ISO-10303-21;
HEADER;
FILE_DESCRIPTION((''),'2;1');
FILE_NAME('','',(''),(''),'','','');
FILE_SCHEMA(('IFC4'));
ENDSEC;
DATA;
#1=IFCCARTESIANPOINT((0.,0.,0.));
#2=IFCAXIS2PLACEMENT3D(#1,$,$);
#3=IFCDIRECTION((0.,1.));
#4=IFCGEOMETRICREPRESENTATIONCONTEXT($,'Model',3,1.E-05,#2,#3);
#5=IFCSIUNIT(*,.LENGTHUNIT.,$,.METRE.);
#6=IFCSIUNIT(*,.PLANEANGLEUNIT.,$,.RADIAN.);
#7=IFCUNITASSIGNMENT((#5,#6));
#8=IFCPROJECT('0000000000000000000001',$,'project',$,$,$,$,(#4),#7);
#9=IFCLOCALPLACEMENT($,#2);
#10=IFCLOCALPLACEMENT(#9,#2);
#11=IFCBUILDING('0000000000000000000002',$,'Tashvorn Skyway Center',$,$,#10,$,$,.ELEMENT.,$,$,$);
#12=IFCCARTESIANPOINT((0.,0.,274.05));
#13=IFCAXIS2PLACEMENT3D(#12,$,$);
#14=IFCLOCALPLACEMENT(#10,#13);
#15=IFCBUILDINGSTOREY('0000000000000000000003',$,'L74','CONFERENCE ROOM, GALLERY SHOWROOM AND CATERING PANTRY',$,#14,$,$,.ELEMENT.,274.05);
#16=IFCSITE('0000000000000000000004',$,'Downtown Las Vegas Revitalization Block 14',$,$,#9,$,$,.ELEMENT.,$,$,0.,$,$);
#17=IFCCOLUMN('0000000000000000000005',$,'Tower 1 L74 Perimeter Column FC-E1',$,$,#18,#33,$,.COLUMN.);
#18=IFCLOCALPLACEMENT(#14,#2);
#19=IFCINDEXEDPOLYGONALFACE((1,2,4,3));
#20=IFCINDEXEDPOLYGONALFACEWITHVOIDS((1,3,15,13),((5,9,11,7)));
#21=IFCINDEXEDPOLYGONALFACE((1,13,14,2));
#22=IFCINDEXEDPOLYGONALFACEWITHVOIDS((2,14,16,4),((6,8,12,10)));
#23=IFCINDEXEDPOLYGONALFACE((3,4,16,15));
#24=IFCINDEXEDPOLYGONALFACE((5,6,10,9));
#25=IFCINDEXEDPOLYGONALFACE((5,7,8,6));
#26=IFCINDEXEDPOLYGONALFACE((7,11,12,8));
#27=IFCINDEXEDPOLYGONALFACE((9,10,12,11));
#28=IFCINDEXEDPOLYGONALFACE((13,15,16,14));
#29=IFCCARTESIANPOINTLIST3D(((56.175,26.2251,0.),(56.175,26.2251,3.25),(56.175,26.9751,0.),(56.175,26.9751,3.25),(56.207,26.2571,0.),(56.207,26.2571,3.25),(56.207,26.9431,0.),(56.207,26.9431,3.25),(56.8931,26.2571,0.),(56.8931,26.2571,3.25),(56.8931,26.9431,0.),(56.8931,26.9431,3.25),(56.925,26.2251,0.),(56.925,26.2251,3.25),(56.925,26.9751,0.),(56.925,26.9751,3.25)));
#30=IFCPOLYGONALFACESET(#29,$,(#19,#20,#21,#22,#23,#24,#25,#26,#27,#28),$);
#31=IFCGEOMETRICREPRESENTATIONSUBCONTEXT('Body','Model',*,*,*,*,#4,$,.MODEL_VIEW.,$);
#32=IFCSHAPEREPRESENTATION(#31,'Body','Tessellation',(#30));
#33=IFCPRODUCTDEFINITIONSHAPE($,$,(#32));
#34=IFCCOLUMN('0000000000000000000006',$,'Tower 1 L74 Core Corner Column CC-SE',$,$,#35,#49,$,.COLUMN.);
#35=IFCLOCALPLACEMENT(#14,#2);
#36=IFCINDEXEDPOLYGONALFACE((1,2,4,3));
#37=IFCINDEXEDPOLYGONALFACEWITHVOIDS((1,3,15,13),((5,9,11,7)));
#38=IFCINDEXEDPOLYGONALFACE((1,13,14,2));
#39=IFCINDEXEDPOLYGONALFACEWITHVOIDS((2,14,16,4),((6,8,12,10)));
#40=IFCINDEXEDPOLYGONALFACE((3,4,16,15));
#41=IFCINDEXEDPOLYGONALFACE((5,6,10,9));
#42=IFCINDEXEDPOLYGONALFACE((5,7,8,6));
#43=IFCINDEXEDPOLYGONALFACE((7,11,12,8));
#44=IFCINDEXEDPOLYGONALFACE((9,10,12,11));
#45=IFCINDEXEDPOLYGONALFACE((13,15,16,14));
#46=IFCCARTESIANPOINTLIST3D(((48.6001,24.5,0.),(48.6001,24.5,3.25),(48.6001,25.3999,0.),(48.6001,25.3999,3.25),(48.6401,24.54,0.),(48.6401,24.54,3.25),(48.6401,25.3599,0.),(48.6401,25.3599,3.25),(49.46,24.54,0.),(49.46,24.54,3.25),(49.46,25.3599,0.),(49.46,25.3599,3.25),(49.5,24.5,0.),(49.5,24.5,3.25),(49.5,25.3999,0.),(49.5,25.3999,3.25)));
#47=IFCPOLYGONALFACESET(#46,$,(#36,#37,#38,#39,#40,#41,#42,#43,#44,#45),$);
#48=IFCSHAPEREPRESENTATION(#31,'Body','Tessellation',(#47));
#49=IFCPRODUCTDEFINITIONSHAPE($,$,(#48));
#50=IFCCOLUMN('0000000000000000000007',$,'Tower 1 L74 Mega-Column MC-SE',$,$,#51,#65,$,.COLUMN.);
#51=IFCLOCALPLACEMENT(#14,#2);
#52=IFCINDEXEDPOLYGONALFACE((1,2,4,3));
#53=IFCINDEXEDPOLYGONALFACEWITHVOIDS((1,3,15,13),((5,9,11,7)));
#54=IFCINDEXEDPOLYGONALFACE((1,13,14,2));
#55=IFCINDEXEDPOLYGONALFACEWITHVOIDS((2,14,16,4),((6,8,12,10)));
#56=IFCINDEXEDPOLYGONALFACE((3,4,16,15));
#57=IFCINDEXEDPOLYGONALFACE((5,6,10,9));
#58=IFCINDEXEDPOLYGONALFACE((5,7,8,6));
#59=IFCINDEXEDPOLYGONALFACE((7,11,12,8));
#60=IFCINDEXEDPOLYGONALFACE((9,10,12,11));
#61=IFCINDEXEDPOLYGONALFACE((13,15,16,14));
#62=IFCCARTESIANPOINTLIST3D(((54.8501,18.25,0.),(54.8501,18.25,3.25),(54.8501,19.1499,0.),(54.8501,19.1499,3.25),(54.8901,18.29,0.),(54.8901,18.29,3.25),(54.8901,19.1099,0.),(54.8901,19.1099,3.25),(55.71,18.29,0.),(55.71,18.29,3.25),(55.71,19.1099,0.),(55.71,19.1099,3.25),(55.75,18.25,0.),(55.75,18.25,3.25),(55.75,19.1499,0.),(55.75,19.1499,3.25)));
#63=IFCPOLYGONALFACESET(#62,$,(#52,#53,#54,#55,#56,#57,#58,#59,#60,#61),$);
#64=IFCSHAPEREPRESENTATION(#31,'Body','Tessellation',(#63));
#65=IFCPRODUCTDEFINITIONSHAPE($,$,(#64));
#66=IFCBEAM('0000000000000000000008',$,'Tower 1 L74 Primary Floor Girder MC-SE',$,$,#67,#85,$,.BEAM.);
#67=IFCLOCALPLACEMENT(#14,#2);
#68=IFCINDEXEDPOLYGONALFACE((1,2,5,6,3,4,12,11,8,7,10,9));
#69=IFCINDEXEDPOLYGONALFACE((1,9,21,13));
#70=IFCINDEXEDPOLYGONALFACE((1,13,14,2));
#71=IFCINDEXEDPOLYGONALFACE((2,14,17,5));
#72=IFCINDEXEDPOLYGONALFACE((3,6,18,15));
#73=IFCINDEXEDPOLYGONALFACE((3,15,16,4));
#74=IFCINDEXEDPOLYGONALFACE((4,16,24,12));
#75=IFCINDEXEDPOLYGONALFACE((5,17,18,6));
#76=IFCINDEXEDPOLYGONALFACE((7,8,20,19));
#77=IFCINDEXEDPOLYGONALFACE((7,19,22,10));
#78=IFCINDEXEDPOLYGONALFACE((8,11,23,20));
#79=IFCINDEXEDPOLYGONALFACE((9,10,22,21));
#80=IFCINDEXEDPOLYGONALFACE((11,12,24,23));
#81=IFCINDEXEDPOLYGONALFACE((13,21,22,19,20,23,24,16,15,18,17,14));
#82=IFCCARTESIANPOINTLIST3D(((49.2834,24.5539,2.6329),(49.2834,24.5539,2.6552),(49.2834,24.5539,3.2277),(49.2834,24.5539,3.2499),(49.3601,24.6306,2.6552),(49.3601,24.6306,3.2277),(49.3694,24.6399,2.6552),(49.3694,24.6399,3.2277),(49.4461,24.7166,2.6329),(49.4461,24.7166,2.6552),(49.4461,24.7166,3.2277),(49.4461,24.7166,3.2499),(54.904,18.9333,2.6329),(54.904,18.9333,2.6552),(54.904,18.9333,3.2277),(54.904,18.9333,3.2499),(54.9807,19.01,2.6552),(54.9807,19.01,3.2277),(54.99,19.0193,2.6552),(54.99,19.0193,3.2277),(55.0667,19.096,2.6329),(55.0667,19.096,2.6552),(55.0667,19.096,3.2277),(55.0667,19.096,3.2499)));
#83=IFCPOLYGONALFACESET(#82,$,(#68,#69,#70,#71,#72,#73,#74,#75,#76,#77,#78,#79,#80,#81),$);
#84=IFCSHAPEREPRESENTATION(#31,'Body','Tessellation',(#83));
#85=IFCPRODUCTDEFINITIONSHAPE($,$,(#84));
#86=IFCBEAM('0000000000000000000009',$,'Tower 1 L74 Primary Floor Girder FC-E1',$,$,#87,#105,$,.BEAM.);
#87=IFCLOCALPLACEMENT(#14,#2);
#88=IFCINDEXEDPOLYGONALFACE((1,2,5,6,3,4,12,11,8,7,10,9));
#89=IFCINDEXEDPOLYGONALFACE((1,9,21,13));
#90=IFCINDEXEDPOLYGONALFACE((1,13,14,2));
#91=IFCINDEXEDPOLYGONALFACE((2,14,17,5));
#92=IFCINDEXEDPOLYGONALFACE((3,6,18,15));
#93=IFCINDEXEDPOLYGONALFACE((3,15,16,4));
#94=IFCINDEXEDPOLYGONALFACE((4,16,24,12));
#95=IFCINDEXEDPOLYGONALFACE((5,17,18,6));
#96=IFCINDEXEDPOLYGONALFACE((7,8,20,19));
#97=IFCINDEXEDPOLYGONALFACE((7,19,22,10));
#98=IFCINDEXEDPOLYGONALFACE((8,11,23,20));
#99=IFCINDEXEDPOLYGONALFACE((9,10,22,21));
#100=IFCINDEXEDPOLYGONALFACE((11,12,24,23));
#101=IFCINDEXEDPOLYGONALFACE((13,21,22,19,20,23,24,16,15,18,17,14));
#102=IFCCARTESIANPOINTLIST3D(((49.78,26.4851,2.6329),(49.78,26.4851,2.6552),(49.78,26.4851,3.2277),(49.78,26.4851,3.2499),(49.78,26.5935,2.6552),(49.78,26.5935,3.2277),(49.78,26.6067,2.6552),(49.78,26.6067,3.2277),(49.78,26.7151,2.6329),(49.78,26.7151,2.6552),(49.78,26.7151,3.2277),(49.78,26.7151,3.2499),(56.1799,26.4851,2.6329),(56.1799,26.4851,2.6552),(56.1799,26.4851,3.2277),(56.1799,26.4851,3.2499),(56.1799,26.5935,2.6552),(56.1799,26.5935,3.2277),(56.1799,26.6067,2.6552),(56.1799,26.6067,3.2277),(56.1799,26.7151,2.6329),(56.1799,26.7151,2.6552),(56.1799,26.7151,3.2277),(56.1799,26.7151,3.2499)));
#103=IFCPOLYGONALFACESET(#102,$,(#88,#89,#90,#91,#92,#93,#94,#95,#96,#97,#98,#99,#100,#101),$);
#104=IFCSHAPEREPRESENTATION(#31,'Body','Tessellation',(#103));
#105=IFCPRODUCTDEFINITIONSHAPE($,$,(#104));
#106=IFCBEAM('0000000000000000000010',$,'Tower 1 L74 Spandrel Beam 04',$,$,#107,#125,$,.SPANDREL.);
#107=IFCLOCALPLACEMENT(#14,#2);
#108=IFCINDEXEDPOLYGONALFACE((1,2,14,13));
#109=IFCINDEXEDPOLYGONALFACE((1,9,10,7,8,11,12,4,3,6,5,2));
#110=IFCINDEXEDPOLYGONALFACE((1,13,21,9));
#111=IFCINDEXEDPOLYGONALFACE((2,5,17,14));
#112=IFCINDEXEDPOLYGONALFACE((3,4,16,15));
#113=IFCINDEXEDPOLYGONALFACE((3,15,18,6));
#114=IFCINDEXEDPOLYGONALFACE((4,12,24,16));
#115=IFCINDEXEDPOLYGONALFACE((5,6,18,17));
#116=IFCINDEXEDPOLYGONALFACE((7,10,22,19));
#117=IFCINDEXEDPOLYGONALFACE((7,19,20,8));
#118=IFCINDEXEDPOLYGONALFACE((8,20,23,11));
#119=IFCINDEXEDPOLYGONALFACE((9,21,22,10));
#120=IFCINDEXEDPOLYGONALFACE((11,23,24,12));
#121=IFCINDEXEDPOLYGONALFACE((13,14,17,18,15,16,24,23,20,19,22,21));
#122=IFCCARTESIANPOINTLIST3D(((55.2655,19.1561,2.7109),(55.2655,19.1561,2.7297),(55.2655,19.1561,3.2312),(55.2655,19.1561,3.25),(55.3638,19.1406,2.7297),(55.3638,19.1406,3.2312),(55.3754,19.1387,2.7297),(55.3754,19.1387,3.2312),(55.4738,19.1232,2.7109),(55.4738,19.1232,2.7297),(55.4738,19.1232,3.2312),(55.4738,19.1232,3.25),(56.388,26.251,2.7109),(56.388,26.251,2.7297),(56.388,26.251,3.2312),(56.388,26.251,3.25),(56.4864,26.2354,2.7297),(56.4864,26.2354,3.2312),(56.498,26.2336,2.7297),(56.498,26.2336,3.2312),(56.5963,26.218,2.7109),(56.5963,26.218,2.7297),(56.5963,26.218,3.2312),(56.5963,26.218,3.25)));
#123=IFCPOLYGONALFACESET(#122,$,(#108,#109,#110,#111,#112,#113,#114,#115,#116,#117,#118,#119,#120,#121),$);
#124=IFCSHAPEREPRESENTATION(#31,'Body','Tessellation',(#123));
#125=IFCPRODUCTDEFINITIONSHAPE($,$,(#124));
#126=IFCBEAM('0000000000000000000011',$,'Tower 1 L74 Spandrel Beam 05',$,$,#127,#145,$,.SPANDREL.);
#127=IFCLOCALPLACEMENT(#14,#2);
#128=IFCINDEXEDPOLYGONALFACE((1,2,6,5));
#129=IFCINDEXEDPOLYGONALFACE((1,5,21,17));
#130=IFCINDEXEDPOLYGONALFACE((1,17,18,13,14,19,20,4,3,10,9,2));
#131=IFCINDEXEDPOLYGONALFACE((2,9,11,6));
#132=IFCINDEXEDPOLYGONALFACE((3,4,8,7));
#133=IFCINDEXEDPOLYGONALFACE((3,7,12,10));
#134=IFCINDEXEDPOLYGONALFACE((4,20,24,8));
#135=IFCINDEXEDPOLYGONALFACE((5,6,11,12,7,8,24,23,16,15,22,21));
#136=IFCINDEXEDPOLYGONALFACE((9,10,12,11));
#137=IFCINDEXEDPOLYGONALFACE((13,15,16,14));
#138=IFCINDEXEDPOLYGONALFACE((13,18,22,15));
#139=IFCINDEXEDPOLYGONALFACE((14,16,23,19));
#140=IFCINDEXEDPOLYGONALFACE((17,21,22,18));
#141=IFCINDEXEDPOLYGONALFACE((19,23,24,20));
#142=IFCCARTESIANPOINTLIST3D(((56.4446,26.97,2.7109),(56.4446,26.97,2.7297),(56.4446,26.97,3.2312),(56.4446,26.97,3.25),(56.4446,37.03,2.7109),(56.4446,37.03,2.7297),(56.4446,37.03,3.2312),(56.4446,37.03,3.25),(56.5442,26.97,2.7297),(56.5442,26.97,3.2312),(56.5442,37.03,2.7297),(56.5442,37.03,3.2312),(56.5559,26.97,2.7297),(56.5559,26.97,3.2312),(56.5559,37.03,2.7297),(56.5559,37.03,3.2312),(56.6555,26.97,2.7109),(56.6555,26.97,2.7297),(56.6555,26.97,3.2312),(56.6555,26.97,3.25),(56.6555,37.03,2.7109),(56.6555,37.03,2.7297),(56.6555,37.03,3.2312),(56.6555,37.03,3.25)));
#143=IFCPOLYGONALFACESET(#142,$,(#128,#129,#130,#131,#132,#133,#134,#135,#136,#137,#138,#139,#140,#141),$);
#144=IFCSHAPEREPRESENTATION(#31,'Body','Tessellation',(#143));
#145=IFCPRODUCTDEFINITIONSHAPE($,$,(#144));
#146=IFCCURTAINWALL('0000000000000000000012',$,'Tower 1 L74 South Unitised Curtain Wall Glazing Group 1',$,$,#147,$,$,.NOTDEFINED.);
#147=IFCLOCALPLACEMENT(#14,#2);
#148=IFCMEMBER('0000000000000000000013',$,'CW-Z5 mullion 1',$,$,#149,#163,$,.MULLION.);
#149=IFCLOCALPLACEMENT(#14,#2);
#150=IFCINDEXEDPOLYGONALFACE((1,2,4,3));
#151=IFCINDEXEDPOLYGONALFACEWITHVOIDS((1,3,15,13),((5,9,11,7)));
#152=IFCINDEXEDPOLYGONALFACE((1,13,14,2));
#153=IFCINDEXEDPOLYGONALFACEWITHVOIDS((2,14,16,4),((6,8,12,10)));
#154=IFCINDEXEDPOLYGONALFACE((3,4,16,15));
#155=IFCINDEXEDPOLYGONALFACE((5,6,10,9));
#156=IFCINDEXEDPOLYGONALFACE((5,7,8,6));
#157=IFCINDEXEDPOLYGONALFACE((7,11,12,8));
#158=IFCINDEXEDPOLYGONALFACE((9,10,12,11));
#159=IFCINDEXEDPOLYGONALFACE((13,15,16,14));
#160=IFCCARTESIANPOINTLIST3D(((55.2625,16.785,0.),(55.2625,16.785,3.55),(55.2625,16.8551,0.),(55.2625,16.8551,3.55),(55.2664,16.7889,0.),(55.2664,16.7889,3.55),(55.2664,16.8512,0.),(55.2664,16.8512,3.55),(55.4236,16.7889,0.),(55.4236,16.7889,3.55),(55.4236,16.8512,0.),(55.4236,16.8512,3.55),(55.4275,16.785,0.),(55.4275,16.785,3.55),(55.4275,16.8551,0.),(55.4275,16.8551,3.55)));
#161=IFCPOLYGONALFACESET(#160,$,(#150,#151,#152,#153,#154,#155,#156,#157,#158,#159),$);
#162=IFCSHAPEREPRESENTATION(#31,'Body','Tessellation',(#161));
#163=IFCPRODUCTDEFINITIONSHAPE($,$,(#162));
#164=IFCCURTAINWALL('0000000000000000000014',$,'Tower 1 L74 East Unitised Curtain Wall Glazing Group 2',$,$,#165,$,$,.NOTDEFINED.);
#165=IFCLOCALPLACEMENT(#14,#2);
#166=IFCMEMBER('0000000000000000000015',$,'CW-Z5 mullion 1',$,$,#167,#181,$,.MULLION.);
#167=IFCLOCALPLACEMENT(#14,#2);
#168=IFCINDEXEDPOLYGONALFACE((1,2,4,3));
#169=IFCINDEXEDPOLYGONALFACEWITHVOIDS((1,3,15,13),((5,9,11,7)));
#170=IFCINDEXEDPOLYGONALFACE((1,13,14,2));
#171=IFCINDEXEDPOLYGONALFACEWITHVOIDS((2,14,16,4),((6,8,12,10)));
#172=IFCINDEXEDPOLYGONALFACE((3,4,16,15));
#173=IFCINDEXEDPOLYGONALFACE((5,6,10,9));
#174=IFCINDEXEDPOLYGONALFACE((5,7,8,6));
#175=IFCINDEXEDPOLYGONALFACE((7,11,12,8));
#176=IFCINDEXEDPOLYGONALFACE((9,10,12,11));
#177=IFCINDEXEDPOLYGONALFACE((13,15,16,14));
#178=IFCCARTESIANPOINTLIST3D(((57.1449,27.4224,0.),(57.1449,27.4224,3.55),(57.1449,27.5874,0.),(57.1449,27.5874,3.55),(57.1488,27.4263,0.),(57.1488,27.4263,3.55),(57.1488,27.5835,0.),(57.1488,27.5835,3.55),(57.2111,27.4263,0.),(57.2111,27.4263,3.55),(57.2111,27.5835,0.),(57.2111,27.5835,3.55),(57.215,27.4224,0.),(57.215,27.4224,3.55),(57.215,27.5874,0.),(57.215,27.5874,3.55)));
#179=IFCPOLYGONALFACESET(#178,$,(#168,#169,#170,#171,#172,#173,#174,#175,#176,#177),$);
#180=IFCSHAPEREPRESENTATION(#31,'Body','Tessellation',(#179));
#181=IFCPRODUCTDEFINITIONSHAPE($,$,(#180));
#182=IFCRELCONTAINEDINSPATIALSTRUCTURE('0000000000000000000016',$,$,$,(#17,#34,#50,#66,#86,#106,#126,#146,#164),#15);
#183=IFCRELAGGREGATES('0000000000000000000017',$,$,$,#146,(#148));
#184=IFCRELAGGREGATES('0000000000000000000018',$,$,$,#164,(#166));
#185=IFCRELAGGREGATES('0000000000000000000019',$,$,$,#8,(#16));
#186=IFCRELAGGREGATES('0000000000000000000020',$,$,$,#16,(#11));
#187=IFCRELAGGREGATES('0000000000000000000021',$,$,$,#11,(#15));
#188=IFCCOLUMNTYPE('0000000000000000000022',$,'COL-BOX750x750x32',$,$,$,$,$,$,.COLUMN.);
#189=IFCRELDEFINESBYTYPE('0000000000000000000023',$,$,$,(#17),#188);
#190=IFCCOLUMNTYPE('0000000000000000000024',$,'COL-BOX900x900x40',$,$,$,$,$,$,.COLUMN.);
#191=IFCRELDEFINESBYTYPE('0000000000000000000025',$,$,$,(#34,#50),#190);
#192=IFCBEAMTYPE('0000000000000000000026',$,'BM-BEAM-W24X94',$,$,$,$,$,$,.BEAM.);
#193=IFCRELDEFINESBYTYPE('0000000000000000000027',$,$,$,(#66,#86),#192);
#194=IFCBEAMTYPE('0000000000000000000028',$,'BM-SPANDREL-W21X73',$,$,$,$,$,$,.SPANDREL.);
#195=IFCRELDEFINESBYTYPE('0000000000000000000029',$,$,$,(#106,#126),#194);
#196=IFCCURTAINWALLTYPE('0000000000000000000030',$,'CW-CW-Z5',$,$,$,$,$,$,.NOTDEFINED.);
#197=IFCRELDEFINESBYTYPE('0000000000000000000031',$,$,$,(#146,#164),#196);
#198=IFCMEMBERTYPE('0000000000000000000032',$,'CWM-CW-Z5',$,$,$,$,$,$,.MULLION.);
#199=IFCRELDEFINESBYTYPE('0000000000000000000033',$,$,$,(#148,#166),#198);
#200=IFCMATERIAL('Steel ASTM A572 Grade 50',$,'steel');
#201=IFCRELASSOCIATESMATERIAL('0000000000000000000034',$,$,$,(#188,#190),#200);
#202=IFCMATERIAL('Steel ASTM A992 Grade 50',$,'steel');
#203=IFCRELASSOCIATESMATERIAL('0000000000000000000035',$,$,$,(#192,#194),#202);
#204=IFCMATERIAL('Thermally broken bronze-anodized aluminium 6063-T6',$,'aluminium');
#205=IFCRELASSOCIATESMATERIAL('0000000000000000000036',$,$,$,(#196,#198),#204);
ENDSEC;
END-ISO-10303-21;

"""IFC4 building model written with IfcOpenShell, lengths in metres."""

from ifc_helpers import new_model, si_unit, direction, frame, origin, origin_2d, place, context, subcontext, project, spatial, hollow_rectangle, i_section, extrude, material, material_profile, profile_set, type_object, element, aggregate, save


model = new_model("IFC4")

# Units and contexts
model_context = context("Model", 3, precision=1e-05, world=origin(), true_north=direction((0.0, 1.0)))
body_context = subcontext(model_context, "Body", "Model", "MODEL_VIEW")
ifc_project = project(units=[si_unit("LENGTHUNIT", "METRE"), si_unit("PLANEANGLEUNIT", "RADIAN")], contexts=[model_context])

# Site, building, storey
site_placement = place(None, origin())
site = spatial("IfcSite", under=ifc_project, at=site_placement, Name="Downtown Las Vegas Revitalization Block 14", CompositionType="ELEMENT", RefElevation=0.0)
building_placement = place(site_placement, origin())
building = spatial("IfcBuilding", under=site, at=building_placement, Name="Tashvorn Skyway Center", CompositionType="ELEMENT")
storey_placement = place(building_placement, frame((0.0, 0.0, 274.05)))
storey = spatial("IfcBuildingStorey", under=building, at=storey_placement, Name="L74", Description="CONFERENCE ROOM, GALLERY SHOWROOM AND CATERING PANTRY", CompositionType="ELEMENT", Elevation=274.05)

# Columns
ifc_material_1 = material(Name="Steel ASTM A572 Grade 50", Category="steel")
ifc_material_profile_1 = material_profile(ifc_material_1, hollow_rectangle(XDim=0.75, YDim=0.75, WallThickness=0.032, at=origin_2d()), Name="BOX750x750x32")
ifc_profile_set_1 = profile_set([ifc_material_profile_1], Name="Steel ASTM A572 Grade 50")
column_type_1 = type_object("IfcColumnType", Name="COL-BOX750x750x32", PredefinedType="COLUMN", material=ifc_profile_set_1)
column_placement = place(storey_placement, frame((56.55, 26.6001, 0.0), z_axis=(0.0, 0.0, 1.0), x_axis=(1.0, 0.0, 0.0)))
element("IfcColumn", 1, at=column_placement, inside=storey, type_object=column_type_1, Name="Tower 1 L74 Perimeter Column FC-E1", PredefinedType="COLUMN", context=body_context, shape_type="SweptSolid", body=[
    extrude(hollow_rectangle(XDim=0.75, YDim=0.75, WallThickness=0.032, at=origin_2d()), origin(), (0.0, 0.0, 1.0), 3.25),
])
ifc_material_profile_2 = material_profile(ifc_material_1, hollow_rectangle(XDim=0.8999, YDim=0.8999, WallThickness=0.04, at=origin_2d()), Name="BOX900x900x40")
ifc_profile_set_2 = profile_set([ifc_material_profile_2], Name="Steel ASTM A572 Grade 50")
column_type_2 = type_object("IfcColumnType", Name="COL-BOX900x900x40", PredefinedType="COLUMN", material=ifc_profile_set_2)
for number, where, z_axis, x_axis, name in (
    (2, (49.05, 24.95, 0.0), (0.0, 0.0, 1.0), (1.0, 0.0, 0.0), "Tower 1 L74 Core Corner Column CC-SE"),
    (3, (55.3, 18.7, 0.0), (0.0, 0.0, 1.0), (1.0, 0.0, 0.0), "Tower 1 L74 Mega-Column MC-SE"),
):
    element("IfcColumn", number, at=place(storey_placement, frame(where, z_axis=z_axis, x_axis=x_axis)), inside=storey, type_object=column_type_2, Name=name, PredefinedType="COLUMN", context=body_context, shape_type="SweptSolid", body=[
        extrude(hollow_rectangle(XDim=0.8999, YDim=0.8999, WallThickness=0.04, at=origin_2d()), origin(), (0.0, 0.0, 1.0), 3.25),
    ])

# Beams
ifc_material_2 = material(Name="Steel ASTM A992 Grade 50", Category="steel")
ifc_material_profile_3 = material_profile(ifc_material_2, i_section(OverallWidth=0.23, OverallDepth=0.6169, WebThickness=0.0132, FlangeThickness=0.0222, at=origin_2d()), Name="W24X94")
ifc_profile_set_3 = profile_set([ifc_material_profile_3], Name="Steel ASTM A992 Grade 50")
beam_type_1 = type_object("IfcBeamType", Name="BM-BEAM-W24X94", PredefinedType="BEAM", material=ifc_profile_set_3)
beam_1_placement = place(storey_placement, frame((54.9854, 19.0146, 2.9414), z_axis=(-0.707107, 0.707107, 0.0), x_axis=(-0.707107, -0.707107, 0.0)))
element("IfcBeam", 4, at=beam_1_placement, inside=storey, type_object=beam_type_1, Name="Tower 1 L74 Primary Floor Girder MC-SE", PredefinedType="BEAM", context=body_context, shape_type="SweptSolid", body=[
    extrude(i_section(OverallWidth=0.23, OverallDepth=0.6169, WebThickness=0.0132, FlangeThickness=0.0222, at=origin_2d()), origin(), (0.0, 0.0, 1.0), 7.9487),
])
beam_2_placement = place(storey_placement, frame((56.1799, 26.6001, 2.9414), z_axis=(-1.0, 0.0, 0.0), x_axis=(0.0, -1.0, 0.0)))
element("IfcBeam", 5, at=beam_2_placement, inside=storey, type_object=beam_type_1, Name="Tower 1 L74 Primary Floor Girder FC-E1", PredefinedType="BEAM", context=body_context, shape_type="SweptSolid", body=[
    extrude(i_section(OverallWidth=0.23, OverallDepth=0.6169, WebThickness=0.0132, FlangeThickness=0.0222, at=origin_2d()), origin(), (0.0, 0.0, 1.0), 6.3999),
])
ifc_material_profile_4 = material_profile(ifc_material_2, i_section(OverallWidth=0.2109, OverallDepth=0.5391, WebThickness=0.0117, FlangeThickness=0.0188, at=origin_2d()), Name="W21X73")
ifc_profile_set_4 = profile_set([ifc_material_profile_4], Name="Steel ASTM A992 Grade 50")
beam_type_2 = type_object("IfcBeamType", Name="BM-SPANDREL-W21X73", PredefinedType="SPANDREL", material=ifc_profile_set_4)
beam_3_placement = place(storey_placement, frame((55.3696, 19.1396, 2.9805), z_axis=(0.156275, 0.987714, 0.0), x_axis=(-0.987714, 0.156275, 0.0)))
element("IfcBeam", 6, at=beam_3_placement, inside=storey, type_object=beam_type_2, Name="Tower 1 L74 Spandrel Beam 04", PredefinedType="SPANDREL", context=body_context, shape_type="SweptSolid", body=[
    extrude(i_section(OverallWidth=0.2109, OverallDepth=0.5391, WebThickness=0.0117, FlangeThickness=0.0188, at=origin_2d()), origin(), (0.0, 0.0, 1.0), 7.1831),
])
beam_4_placement = place(storey_placement, frame((56.55, 26.97, 2.9805), z_axis=(0.0, 1.0, 0.0), x_axis=(-1.0, 0.0, 0.0)))
element("IfcBeam", 7, at=beam_4_placement, inside=storey, type_object=beam_type_2, Name="Tower 1 L74 Spandrel Beam 05", PredefinedType="SPANDREL", context=body_context, shape_type="SweptSolid", body=[
    extrude(i_section(OverallWidth=0.2109, OverallDepth=0.5391, WebThickness=0.0117, FlangeThickness=0.0188, at=origin_2d()), origin(), (0.0, 0.0, 1.0), 10.0601),
])

# Curtain wall, member
ifc_material_3 = material(Name="Thermally broken bronze-anodized aluminium 6063-T6", Category="aluminium")
curtain_wall_type = type_object("IfcCurtainWallType", Name="CW-CW-Z5", PredefinedType="NOTDEFINED", material=ifc_material_3)
curtain_wall_1_placement = place(storey_placement, origin())
curtain_wall_1 = element("IfcCurtainWall", 8, at=curtain_wall_1_placement, inside=storey, type_object=curtain_wall_type, Name="Tower 1 L74 South Unitised Curtain Wall Glazing Group 1", PredefinedType="NOTDEFINED")
ifc_material_profile_5 = material_profile(ifc_material_3, hollow_rectangle(XDim=0.0701, YDim=0.165, WallThickness=0.0039, at=origin_2d()), Name="ALU-MULL-70x165")
ifc_profile_set_5 = profile_set([ifc_material_profile_5], Name="Thermally broken bronze-anodized aluminium 6063-T6")
member_type_1 = type_object("IfcMemberType", Name="CWM-CW-Z5", PredefinedType="MULLION", material=ifc_profile_set_5)
member_1_placement = place(storey_placement, frame((55.345, 16.8201, 0.0), z_axis=(0.0, 0.0, 1.0), x_axis=(0.0, -1.0, 0.0)))
member_1 = element("IfcMember", 9, at=member_1_placement, type_object=member_type_1, Name="CW-Z5 mullion 1", PredefinedType="MULLION", context=body_context, shape_type="SweptSolid", body=[
    extrude(hollow_rectangle(XDim=0.0701, YDim=0.165, WallThickness=0.0039, at=origin_2d()), origin(), (0.0, 0.0, 1.0), 3.55),
])

# Curtain wall, member
curtain_wall_2_placement = place(storey_placement, origin())
curtain_wall_2 = element("IfcCurtainWall", 10, at=curtain_wall_2_placement, inside=storey, type_object=curtain_wall_type, Name="Tower 1 L74 East Unitised Curtain Wall Glazing Group 2", PredefinedType="NOTDEFINED")
member_2_placement = place(storey_placement, frame((57.1799, 27.5049, 0.0), z_axis=(0.0, 0.0, 1.0), x_axis=(1.0, 0.0, 0.0)))
member_2 = element("IfcMember", 11, at=member_2_placement, type_object=member_type_1, Name="CW-Z5 mullion 1", PredefinedType="MULLION", context=body_context, shape_type="SweptSolid", body=[
    extrude(hollow_rectangle(XDim=0.0701, YDim=0.165, WallThickness=0.0039, at=origin_2d()), origin(), (0.0, 0.0, 1.0), 3.55),
])

aggregate(curtain_wall_1, [member_1])
aggregate(curtain_wall_2, [member_2])

save(model, "model.ifc")
